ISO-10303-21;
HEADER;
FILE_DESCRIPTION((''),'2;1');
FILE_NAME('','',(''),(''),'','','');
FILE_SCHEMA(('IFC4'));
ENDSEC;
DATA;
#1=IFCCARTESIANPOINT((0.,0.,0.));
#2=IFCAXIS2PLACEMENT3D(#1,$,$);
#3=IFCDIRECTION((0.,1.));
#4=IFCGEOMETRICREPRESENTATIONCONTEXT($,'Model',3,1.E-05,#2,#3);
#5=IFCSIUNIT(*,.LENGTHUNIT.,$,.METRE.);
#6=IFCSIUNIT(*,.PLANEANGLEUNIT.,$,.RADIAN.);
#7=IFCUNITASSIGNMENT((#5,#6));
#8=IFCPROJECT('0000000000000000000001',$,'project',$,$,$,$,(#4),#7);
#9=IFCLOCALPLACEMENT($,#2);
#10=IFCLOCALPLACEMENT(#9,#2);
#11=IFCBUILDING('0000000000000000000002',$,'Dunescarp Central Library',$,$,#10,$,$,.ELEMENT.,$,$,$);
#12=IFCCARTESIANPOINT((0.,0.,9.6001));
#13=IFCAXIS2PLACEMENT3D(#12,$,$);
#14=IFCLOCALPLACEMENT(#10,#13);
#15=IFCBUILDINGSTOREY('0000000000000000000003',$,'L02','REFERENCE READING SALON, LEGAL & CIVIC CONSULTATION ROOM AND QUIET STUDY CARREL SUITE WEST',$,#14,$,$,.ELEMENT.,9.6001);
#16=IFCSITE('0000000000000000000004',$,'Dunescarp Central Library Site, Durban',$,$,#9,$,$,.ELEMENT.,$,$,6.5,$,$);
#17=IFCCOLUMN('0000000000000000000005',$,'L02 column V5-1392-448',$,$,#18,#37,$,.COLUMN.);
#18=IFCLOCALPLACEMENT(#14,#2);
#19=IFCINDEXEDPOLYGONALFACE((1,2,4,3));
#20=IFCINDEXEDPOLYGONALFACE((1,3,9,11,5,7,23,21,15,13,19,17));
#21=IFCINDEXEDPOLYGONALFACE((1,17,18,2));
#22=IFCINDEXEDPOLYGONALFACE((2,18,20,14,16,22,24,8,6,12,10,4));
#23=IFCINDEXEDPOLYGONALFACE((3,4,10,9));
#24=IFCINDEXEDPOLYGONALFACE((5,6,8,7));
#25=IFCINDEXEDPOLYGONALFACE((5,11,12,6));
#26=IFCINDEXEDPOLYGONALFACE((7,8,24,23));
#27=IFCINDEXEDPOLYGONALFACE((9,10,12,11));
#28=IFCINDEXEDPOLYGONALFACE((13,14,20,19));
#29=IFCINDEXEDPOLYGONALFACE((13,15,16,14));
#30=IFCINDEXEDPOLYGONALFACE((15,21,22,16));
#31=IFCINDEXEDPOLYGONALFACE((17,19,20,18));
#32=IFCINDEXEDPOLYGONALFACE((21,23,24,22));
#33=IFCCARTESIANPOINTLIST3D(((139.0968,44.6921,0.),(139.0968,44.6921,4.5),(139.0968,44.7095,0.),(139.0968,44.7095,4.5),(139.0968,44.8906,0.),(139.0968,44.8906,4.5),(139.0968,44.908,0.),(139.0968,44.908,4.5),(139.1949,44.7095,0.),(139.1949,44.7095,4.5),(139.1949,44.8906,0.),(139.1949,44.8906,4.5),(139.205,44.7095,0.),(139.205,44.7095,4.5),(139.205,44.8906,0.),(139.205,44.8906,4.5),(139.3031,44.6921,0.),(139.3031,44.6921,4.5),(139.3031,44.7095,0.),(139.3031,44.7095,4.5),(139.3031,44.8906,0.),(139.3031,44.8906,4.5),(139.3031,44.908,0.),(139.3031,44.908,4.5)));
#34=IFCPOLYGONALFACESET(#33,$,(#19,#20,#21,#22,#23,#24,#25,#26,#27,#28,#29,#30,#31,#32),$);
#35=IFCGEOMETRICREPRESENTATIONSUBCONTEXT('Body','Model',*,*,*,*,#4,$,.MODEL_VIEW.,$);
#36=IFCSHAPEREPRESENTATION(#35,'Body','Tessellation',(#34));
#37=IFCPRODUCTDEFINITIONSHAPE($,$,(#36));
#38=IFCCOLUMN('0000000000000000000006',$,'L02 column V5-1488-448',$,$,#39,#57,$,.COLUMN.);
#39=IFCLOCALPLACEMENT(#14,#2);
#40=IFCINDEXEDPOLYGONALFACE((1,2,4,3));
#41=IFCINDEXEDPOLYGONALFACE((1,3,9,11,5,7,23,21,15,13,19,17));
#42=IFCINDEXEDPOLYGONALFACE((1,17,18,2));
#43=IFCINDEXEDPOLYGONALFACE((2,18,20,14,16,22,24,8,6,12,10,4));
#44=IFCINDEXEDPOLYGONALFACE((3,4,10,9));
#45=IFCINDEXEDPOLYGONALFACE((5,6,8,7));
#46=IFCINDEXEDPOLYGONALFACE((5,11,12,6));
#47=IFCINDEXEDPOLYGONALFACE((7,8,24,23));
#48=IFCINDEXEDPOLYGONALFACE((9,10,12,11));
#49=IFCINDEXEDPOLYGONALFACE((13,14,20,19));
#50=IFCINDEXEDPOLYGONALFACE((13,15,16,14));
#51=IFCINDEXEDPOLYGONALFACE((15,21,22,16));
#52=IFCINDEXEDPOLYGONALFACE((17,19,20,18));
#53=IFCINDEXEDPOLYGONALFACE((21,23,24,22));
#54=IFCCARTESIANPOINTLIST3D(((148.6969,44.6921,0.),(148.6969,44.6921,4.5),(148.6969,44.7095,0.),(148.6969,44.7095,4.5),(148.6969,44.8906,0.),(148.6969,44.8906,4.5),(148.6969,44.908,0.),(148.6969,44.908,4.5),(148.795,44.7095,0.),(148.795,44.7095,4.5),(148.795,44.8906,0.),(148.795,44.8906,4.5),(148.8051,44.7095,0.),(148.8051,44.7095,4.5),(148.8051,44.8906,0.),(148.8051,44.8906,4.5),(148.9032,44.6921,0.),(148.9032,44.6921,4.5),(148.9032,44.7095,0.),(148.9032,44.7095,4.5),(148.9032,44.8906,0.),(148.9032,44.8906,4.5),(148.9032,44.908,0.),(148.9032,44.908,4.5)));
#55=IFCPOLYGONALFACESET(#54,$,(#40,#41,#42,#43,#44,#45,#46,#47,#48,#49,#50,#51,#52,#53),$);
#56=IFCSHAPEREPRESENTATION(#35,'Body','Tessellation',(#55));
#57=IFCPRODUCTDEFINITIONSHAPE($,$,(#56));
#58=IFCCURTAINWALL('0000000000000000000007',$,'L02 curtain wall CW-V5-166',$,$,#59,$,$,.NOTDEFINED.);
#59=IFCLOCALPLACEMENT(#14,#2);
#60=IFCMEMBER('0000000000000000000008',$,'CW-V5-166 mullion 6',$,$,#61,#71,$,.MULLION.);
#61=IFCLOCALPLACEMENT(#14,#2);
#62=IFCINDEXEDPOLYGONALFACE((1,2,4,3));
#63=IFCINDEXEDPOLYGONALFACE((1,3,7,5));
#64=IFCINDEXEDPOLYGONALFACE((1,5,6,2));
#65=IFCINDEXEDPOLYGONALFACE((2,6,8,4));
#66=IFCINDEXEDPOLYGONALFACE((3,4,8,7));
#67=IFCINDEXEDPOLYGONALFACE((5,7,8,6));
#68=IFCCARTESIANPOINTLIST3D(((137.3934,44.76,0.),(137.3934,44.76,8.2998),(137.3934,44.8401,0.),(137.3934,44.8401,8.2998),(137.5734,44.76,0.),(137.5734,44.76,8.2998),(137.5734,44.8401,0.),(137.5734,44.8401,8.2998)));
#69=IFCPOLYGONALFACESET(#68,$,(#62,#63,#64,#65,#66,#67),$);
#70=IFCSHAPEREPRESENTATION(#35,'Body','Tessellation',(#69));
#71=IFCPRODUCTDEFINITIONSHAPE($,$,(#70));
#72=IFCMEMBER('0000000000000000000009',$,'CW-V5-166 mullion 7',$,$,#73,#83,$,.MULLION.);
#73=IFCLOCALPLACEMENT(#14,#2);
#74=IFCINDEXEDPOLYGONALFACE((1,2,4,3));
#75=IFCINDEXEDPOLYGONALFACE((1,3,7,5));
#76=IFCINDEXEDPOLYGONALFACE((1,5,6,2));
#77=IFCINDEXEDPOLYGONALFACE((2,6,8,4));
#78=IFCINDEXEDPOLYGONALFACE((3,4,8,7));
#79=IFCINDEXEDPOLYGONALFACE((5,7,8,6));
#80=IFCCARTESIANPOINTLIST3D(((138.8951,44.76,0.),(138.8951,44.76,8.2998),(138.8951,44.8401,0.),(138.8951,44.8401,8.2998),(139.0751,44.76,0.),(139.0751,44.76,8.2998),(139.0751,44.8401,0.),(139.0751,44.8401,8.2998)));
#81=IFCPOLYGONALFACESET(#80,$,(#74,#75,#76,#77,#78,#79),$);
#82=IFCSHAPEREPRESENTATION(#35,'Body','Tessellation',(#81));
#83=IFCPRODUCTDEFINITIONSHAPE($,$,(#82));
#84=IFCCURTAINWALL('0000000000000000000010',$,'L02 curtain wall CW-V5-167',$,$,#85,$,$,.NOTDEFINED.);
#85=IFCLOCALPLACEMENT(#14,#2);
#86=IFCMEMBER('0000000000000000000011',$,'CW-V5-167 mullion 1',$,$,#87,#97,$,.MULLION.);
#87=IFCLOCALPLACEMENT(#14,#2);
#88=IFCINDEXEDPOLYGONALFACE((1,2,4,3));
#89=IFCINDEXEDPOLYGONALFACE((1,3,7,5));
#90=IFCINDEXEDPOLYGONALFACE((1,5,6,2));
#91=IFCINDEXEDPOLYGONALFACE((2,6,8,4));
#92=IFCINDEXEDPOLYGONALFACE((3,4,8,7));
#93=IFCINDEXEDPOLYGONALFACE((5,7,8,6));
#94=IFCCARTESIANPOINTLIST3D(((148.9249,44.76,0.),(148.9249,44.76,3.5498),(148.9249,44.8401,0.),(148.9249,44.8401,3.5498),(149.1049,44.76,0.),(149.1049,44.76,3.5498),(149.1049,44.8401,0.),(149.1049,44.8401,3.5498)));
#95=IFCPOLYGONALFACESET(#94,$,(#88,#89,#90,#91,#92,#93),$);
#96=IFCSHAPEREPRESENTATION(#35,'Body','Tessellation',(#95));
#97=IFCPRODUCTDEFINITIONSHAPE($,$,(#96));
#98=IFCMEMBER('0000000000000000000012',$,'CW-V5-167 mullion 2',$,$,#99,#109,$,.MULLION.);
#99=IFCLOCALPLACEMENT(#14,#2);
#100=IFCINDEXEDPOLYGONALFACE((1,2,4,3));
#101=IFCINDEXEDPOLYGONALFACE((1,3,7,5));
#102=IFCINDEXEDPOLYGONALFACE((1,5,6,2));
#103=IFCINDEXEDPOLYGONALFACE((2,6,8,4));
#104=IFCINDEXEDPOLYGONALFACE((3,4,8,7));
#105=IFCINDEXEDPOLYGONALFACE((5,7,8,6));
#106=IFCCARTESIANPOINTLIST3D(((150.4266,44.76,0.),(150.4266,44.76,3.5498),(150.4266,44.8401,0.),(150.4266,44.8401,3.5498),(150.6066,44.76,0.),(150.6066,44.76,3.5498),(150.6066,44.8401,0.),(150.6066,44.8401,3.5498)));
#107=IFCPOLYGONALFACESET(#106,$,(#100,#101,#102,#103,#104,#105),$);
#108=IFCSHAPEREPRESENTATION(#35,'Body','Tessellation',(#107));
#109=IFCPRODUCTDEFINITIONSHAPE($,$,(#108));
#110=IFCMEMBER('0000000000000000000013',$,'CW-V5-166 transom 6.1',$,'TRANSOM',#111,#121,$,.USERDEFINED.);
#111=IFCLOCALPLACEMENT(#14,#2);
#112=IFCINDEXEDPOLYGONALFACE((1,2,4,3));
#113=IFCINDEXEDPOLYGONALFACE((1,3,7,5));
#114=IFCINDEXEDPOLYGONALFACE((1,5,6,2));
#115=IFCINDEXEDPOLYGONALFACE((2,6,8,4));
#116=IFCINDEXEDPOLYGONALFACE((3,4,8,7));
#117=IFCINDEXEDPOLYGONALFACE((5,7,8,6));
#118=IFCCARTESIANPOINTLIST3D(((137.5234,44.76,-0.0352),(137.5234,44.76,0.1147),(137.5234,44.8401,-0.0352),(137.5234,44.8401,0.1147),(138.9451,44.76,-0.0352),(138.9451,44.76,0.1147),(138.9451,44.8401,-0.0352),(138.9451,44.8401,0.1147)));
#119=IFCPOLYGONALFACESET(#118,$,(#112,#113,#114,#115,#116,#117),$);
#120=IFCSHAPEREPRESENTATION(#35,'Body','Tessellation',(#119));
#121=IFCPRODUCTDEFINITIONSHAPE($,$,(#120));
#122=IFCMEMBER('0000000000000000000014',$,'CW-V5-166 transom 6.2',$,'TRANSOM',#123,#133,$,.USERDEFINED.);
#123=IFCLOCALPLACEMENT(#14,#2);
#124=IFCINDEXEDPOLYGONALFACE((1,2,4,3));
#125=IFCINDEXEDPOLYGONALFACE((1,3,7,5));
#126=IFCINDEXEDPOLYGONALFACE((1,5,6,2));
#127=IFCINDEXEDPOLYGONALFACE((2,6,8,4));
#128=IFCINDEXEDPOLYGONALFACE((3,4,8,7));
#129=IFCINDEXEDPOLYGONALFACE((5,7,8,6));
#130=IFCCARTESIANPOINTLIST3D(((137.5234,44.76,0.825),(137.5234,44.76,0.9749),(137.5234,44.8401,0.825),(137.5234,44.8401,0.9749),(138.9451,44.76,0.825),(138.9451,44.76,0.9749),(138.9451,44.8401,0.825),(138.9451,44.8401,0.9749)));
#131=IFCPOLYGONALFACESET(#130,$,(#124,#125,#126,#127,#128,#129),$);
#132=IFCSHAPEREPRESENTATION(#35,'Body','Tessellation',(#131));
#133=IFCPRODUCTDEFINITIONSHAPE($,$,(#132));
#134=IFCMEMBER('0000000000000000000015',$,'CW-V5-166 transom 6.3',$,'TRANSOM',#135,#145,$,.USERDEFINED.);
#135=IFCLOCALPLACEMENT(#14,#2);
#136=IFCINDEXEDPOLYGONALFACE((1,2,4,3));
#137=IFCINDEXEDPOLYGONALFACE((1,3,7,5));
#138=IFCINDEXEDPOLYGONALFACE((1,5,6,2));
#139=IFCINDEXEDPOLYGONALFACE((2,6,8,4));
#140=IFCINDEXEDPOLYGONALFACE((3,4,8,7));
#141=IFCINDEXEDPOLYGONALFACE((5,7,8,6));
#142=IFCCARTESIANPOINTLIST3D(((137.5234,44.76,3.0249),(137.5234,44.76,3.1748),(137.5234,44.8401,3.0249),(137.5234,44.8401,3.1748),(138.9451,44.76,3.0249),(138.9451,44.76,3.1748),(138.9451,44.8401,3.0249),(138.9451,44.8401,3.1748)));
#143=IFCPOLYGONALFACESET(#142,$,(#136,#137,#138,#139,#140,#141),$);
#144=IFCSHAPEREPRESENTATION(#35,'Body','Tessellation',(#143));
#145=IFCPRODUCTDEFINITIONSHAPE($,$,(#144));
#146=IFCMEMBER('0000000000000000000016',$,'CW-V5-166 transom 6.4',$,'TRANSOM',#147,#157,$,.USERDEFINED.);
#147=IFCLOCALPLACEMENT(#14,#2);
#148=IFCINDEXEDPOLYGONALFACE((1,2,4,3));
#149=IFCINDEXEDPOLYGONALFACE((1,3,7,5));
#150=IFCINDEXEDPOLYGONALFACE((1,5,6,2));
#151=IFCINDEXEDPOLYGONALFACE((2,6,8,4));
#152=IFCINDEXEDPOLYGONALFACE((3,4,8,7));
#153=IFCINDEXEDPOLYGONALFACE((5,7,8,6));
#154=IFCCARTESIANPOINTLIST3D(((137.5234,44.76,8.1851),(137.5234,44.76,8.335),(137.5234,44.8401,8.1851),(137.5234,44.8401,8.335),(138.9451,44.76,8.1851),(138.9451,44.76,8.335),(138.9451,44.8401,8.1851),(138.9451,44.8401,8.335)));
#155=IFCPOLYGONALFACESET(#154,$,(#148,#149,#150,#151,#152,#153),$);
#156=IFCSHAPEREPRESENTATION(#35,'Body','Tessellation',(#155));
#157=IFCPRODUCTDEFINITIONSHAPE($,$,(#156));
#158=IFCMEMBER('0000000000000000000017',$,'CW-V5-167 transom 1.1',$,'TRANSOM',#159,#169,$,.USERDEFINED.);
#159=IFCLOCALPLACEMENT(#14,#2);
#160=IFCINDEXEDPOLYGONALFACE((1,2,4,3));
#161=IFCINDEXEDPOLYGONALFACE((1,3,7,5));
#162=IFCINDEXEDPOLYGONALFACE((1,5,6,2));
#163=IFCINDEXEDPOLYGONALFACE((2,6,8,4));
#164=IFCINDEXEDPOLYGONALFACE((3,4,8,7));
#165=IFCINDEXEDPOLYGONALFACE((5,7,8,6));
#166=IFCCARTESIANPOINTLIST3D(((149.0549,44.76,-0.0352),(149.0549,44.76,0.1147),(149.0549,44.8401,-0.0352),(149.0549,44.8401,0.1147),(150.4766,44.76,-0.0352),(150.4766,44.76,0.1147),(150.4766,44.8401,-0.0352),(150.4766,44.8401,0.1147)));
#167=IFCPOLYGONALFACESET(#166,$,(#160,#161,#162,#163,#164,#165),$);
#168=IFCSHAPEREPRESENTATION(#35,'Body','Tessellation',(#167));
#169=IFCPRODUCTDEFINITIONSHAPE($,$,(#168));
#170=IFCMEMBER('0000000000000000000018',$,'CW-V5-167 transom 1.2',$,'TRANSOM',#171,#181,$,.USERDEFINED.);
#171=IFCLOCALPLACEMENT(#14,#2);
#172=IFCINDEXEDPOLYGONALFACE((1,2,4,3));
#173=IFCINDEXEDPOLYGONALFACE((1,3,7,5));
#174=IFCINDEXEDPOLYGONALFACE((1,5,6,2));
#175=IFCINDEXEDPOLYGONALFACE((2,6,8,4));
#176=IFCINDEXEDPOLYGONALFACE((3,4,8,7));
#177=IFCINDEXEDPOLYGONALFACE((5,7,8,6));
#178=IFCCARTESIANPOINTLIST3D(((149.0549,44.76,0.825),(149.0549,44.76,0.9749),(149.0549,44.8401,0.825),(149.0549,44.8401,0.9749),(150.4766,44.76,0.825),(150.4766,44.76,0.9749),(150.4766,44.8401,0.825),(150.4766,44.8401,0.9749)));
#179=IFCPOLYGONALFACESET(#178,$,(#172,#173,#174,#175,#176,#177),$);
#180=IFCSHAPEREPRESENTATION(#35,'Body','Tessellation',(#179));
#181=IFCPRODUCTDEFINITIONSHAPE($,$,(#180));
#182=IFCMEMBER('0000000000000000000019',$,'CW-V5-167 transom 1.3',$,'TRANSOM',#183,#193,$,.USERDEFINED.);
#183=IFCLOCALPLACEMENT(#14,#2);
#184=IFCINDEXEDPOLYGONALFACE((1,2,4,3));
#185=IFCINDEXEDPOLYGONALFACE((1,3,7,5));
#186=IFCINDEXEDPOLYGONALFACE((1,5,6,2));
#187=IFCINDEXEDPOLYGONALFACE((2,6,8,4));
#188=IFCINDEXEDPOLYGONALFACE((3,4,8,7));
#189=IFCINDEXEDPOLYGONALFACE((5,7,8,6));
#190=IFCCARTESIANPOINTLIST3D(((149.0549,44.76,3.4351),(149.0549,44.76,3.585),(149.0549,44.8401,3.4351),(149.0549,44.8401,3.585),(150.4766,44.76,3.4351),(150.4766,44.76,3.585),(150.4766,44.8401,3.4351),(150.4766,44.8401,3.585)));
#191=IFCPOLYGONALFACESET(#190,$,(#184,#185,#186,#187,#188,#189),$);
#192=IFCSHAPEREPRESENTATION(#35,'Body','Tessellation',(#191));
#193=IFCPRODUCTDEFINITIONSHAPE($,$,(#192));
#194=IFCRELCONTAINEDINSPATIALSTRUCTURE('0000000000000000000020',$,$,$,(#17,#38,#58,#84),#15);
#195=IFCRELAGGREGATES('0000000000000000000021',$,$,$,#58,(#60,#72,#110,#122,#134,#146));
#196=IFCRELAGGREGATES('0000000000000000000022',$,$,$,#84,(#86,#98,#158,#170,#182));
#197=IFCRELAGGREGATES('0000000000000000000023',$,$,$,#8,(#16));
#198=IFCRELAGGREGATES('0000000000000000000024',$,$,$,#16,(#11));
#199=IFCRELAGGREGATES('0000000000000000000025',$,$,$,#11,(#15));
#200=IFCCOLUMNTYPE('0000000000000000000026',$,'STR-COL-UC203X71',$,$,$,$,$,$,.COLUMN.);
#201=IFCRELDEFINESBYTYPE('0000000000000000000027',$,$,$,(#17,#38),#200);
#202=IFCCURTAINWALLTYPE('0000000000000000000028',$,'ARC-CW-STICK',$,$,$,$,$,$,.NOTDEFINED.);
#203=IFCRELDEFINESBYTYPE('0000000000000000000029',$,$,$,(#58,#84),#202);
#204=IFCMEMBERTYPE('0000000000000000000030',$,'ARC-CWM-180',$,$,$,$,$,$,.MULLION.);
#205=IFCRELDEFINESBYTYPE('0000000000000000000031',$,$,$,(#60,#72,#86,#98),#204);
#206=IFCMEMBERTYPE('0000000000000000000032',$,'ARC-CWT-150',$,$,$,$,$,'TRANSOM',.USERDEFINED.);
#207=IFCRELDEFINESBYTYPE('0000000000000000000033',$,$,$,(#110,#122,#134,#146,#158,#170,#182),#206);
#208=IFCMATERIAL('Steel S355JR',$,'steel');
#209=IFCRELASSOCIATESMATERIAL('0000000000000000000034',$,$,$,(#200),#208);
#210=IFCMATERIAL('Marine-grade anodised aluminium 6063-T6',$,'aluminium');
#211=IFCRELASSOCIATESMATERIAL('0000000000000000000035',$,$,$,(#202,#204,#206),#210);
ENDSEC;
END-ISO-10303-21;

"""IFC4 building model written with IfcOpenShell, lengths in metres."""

from ifc_helpers import new_model, si_unit, direction, frame, origin, origin_2d, place, context, subcontext, project, spatial, rectangle, i_section, extrude, material, material_profile, profile_set, type_object, element, aggregate, save


model = new_model("IFC4")

# Units and contexts
model_context = context("Model", 3, precision=1e-05, world=origin(), true_north=direction((0.0, 1.0)))
body_context = subcontext(model_context, "Body", "Model", "MODEL_VIEW")
ifc_project = project(units=[si_unit("LENGTHUNIT", "METRE"), si_unit("PLANEANGLEUNIT", "RADIAN")], contexts=[model_context])

# Site, building, storey
site_placement = place(None, origin())
site = spatial("IfcSite", under=ifc_project, at=site_placement, Name="Dunescarp Central Library Site, Durban", CompositionType="ELEMENT", RefElevation=6.5)
building_placement = place(site_placement, origin())
building = spatial("IfcBuilding", under=site, at=building_placement, Name="Dunescarp Central Library", CompositionType="ELEMENT")
storey_placement = place(building_placement, frame((0.0, 0.0, 9.6001)))
storey = spatial("IfcBuildingStorey", under=building, at=storey_placement, Name="L02", Description="REFERENCE READING SALON, LEGAL & CIVIC CONSULTATION ROOM AND QUIET STUDY CARREL SUITE WEST", CompositionType="ELEMENT", Elevation=9.6001)

# Columns
ifc_material_1 = material(Name="Steel S355JR", Category="steel")
ifc_material_profile_1 = material_profile(ifc_material_1, i_section(OverallWidth=0.2063, OverallDepth=0.2158, WebThickness=0.01, FlangeThickness=0.0173, at=origin_2d()), Name="UC 203x203x71")
ifc_profile_set_1 = profile_set([ifc_material_profile_1], Name="Steel S355JR")
column_type = type_object("IfcColumnType", Name="STR-COL-UC203X71", PredefinedType="COLUMN", material=ifc_profile_set_1)
for number, where, z_axis, x_axis, name in (
    (1, (139.2, 44.8, 0.0), (0.0, 0.0, 1.0), (1.0, 0.0, 0.0), "L02 column V5-1392-448"),
    (2, (148.8, 44.8, 0.0), (0.0, 0.0, 1.0), (1.0, 0.0, 0.0), "L02 column V5-1488-448"),
):
    element("IfcColumn", number, at=place(storey_placement, frame(where, z_axis=z_axis, x_axis=x_axis)), inside=storey, type_object=column_type, Name=name, PredefinedType="COLUMN", context=body_context, shape_type="SweptSolid", body=[
        extrude(i_section(OverallWidth=0.2063, OverallDepth=0.2158, WebThickness=0.01, FlangeThickness=0.0173, at=origin_2d()), origin(), (0.0, 0.0, 1.0), 4.5),
    ])

# Curtain walls, members
ifc_material_2 = material(Name="Marine-grade anodised aluminium 6063-T6", Category="aluminium")
curtain_wall_type = type_object("IfcCurtainWallType", Name="ARC-CW-STICK", PredefinedType="NOTDEFINED", material=ifc_material_2)
curtain_wall_1_placement = place(storey_placement, origin())
curtain_wall_1 = element("IfcCurtainWall", 3, at=curtain_wall_1_placement, inside=storey, type_object=curtain_wall_type, Name="L02 curtain wall CW-V5-166", PredefinedType="NOTDEFINED")
ifc_material_profile_2 = material_profile(ifc_material_2, rectangle(XDim=0.0801, YDim=0.1799, at=origin_2d()), Name="AL 80x180")
ifc_profile_set_2 = profile_set([ifc_material_profile_2], Name="Marine-grade anodised aluminium 6063-T6")
member_type_1 = type_object("IfcMemberType", Name="ARC-CWM-180", PredefinedType="MULLION", material=ifc_profile_set_2)
member_1_placement = place(storey_placement, frame((137.4834, 44.8, 0.0), z_axis=(0.0, 0.0, 1.0), x_axis=(0.0, 1.0, 0.0)))
member_1 = element("IfcMember", 4, at=member_1_placement, type_object=member_type_1, Name="CW-V5-166 mullion 6", PredefinedType="MULLION", context=body_context, shape_type="SweptSolid", body=[
    extrude(rectangle(XDim=0.0801, YDim=0.1799, at=origin_2d()), origin(), (0.0, 0.0, 1.0), 8.2998),
])
member_2_placement = place(storey_placement, frame((138.9851, 44.8, 0.0), z_axis=(0.0, 0.0, 1.0), x_axis=(0.0, 1.0, 0.0)))
member_2 = element("IfcMember", 5, at=member_2_placement, type_object=member_type_1, Name="CW-V5-166 mullion 7", PredefinedType="MULLION", context=body_context, shape_type="SweptSolid", body=[
    extrude(rectangle(XDim=0.0801, YDim=0.1799, at=origin_2d()), origin(), (0.0, 0.0, 1.0), 8.2998),
])
curtain_wall_2_placement = place(storey_placement, origin())
curtain_wall_2 = element("IfcCurtainWall", 6, at=curtain_wall_2_placement, inside=storey, type_object=curtain_wall_type, Name="L02 curtain wall CW-V5-167", PredefinedType="NOTDEFINED")
member_3_placement = place(storey_placement, frame((149.0149, 44.8, 0.0), z_axis=(0.0, 0.0, 1.0), x_axis=(0.0, 1.0, 0.0)))
member_3 = element("IfcMember", 7, at=member_3_placement, type_object=member_type_1, Name="CW-V5-167 mullion 1", PredefinedType="MULLION", context=body_context, shape_type="SweptSolid", body=[
    extrude(rectangle(XDim=0.0801, YDim=0.1799, at=origin_2d()), origin(), (0.0, 0.0, 1.0), 3.5498),
])
member_4_placement = place(storey_placement, frame((150.5166, 44.8, 0.0), z_axis=(0.0, 0.0, 1.0), x_axis=(0.0, 1.0, 0.0)))
member_4 = element("IfcMember", 8, at=member_4_placement, type_object=member_type_1, Name="CW-V5-167 mullion 2", PredefinedType="MULLION", context=body_context, shape_type="SweptSolid", body=[
    extrude(rectangle(XDim=0.0801, YDim=0.1799, at=origin_2d()), origin(), (0.0, 0.0, 1.0), 3.5498),
])

# Members
ifc_material_profile_3 = material_profile(ifc_material_2, rectangle(XDim=0.0801, YDim=0.1499, at=origin_2d()), Name="AL 80x150")
ifc_profile_set_3 = profile_set([ifc_material_profile_3], Name="Marine-grade anodised aluminium 6063-T6")
member_type_2 = type_object("IfcMemberType", Name="ARC-CWT-150", ElementType="TRANSOM", PredefinedType="USERDEFINED", material=ifc_profile_set_3)
member_5_placement = place(storey_placement, frame((137.5234, 44.8, 0.0398), z_axis=(1.0, 0.0, 0.0), x_axis=(0.0, 1.0, 0.0)))
member_5 = element("IfcMember", 9, at=member_5_placement, type_object=member_type_2, Name="CW-V5-166 transom 6.1", ObjectType="TRANSOM", PredefinedType="USERDEFINED", context=body_context, shape_type="SweptSolid", body=[
    extrude(rectangle(XDim=0.0801, YDim=0.1499, at=origin_2d()), origin(), (0.0, 0.0, 1.0), 1.4216),
])
member_6_placement = place(storey_placement, frame((137.5234, 44.8, 0.8999), z_axis=(1.0, 0.0, 0.0), x_axis=(0.0, 1.0, 0.0)))
member_6 = element("IfcMember", 10, at=member_6_placement, type_object=member_type_2, Name="CW-V5-166 transom 6.2", ObjectType="TRANSOM", PredefinedType="USERDEFINED", context=body_context, shape_type="SweptSolid", body=[
    extrude(rectangle(XDim=0.0801, YDim=0.1499, at=origin_2d()), origin(), (0.0, 0.0, 1.0), 1.4216),
])
member_7_placement = place(storey_placement, frame((137.5234, 44.8, 3.0999), z_axis=(1.0, 0.0, 0.0), x_axis=(0.0, 1.0, 0.0)))
member_7 = element("IfcMember", 11, at=member_7_placement, type_object=member_type_2, Name="CW-V5-166 transom 6.3", ObjectType="TRANSOM", PredefinedType="USERDEFINED", context=body_context, shape_type="SweptSolid", body=[
    extrude(rectangle(XDim=0.0801, YDim=0.1499, at=origin_2d()), origin(), (0.0, 0.0, 1.0), 1.4216),
])
member_8_placement = place(storey_placement, frame((137.5234, 44.8, 8.26), z_axis=(1.0, 0.0, 0.0), x_axis=(0.0, 1.0, 0.0)))
member_8 = element("IfcMember", 12, at=member_8_placement, type_object=member_type_2, Name="CW-V5-166 transom 6.4", ObjectType="TRANSOM", PredefinedType="USERDEFINED", context=body_context, shape_type="SweptSolid", body=[
    extrude(rectangle(XDim=0.0801, YDim=0.1499, at=origin_2d()), origin(), (0.0, 0.0, 1.0), 1.4216),
])
member_9_placement = place(storey_placement, frame((149.0549, 44.8, 0.0398), z_axis=(1.0, 0.0, 0.0), x_axis=(0.0, 1.0, 0.0)))
member_9 = element("IfcMember", 13, at=member_9_placement, type_object=member_type_2, Name="CW-V5-167 transom 1.1", ObjectType="TRANSOM", PredefinedType="USERDEFINED", context=body_context, shape_type="SweptSolid", body=[
    extrude(rectangle(XDim=0.0801, YDim=0.1499, at=origin_2d()), origin(), (0.0, 0.0, 1.0), 1.4216),
])
member_10_placement = place(storey_placement, frame((149.0549, 44.8, 0.8999), z_axis=(1.0, 0.0, 0.0), x_axis=(0.0, 1.0, 0.0)))
member_10 = element("IfcMember", 14, at=member_10_placement, type_object=member_type_2, Name="CW-V5-167 transom 1.2", ObjectType="TRANSOM", PredefinedType="USERDEFINED", context=body_context, shape_type="SweptSolid", body=[
    extrude(rectangle(XDim=0.0801, YDim=0.1499, at=origin_2d()), origin(), (0.0, 0.0, 1.0), 1.4216),
])
member_11_placement = place(storey_placement, frame((149.0549, 44.8, 3.51), z_axis=(1.0, 0.0, 0.0), x_axis=(0.0, 1.0, 0.0)))
member_11 = element("IfcMember", 15, at=member_11_placement, type_object=member_type_2, Name="CW-V5-167 transom 1.3", ObjectType="TRANSOM", PredefinedType="USERDEFINED", context=body_context, shape_type="SweptSolid", body=[
    extrude(rectangle(XDim=0.0801, YDim=0.1499, at=origin_2d()), origin(), (0.0, 0.0, 1.0), 1.4216),
])

aggregate(curtain_wall_1, [member_1, member_2, member_5, member_6, member_7, member_8])
aggregate(curtain_wall_2, [member_3, member_4, member_9, member_10, member_11])

save(model, "model.ifc")
